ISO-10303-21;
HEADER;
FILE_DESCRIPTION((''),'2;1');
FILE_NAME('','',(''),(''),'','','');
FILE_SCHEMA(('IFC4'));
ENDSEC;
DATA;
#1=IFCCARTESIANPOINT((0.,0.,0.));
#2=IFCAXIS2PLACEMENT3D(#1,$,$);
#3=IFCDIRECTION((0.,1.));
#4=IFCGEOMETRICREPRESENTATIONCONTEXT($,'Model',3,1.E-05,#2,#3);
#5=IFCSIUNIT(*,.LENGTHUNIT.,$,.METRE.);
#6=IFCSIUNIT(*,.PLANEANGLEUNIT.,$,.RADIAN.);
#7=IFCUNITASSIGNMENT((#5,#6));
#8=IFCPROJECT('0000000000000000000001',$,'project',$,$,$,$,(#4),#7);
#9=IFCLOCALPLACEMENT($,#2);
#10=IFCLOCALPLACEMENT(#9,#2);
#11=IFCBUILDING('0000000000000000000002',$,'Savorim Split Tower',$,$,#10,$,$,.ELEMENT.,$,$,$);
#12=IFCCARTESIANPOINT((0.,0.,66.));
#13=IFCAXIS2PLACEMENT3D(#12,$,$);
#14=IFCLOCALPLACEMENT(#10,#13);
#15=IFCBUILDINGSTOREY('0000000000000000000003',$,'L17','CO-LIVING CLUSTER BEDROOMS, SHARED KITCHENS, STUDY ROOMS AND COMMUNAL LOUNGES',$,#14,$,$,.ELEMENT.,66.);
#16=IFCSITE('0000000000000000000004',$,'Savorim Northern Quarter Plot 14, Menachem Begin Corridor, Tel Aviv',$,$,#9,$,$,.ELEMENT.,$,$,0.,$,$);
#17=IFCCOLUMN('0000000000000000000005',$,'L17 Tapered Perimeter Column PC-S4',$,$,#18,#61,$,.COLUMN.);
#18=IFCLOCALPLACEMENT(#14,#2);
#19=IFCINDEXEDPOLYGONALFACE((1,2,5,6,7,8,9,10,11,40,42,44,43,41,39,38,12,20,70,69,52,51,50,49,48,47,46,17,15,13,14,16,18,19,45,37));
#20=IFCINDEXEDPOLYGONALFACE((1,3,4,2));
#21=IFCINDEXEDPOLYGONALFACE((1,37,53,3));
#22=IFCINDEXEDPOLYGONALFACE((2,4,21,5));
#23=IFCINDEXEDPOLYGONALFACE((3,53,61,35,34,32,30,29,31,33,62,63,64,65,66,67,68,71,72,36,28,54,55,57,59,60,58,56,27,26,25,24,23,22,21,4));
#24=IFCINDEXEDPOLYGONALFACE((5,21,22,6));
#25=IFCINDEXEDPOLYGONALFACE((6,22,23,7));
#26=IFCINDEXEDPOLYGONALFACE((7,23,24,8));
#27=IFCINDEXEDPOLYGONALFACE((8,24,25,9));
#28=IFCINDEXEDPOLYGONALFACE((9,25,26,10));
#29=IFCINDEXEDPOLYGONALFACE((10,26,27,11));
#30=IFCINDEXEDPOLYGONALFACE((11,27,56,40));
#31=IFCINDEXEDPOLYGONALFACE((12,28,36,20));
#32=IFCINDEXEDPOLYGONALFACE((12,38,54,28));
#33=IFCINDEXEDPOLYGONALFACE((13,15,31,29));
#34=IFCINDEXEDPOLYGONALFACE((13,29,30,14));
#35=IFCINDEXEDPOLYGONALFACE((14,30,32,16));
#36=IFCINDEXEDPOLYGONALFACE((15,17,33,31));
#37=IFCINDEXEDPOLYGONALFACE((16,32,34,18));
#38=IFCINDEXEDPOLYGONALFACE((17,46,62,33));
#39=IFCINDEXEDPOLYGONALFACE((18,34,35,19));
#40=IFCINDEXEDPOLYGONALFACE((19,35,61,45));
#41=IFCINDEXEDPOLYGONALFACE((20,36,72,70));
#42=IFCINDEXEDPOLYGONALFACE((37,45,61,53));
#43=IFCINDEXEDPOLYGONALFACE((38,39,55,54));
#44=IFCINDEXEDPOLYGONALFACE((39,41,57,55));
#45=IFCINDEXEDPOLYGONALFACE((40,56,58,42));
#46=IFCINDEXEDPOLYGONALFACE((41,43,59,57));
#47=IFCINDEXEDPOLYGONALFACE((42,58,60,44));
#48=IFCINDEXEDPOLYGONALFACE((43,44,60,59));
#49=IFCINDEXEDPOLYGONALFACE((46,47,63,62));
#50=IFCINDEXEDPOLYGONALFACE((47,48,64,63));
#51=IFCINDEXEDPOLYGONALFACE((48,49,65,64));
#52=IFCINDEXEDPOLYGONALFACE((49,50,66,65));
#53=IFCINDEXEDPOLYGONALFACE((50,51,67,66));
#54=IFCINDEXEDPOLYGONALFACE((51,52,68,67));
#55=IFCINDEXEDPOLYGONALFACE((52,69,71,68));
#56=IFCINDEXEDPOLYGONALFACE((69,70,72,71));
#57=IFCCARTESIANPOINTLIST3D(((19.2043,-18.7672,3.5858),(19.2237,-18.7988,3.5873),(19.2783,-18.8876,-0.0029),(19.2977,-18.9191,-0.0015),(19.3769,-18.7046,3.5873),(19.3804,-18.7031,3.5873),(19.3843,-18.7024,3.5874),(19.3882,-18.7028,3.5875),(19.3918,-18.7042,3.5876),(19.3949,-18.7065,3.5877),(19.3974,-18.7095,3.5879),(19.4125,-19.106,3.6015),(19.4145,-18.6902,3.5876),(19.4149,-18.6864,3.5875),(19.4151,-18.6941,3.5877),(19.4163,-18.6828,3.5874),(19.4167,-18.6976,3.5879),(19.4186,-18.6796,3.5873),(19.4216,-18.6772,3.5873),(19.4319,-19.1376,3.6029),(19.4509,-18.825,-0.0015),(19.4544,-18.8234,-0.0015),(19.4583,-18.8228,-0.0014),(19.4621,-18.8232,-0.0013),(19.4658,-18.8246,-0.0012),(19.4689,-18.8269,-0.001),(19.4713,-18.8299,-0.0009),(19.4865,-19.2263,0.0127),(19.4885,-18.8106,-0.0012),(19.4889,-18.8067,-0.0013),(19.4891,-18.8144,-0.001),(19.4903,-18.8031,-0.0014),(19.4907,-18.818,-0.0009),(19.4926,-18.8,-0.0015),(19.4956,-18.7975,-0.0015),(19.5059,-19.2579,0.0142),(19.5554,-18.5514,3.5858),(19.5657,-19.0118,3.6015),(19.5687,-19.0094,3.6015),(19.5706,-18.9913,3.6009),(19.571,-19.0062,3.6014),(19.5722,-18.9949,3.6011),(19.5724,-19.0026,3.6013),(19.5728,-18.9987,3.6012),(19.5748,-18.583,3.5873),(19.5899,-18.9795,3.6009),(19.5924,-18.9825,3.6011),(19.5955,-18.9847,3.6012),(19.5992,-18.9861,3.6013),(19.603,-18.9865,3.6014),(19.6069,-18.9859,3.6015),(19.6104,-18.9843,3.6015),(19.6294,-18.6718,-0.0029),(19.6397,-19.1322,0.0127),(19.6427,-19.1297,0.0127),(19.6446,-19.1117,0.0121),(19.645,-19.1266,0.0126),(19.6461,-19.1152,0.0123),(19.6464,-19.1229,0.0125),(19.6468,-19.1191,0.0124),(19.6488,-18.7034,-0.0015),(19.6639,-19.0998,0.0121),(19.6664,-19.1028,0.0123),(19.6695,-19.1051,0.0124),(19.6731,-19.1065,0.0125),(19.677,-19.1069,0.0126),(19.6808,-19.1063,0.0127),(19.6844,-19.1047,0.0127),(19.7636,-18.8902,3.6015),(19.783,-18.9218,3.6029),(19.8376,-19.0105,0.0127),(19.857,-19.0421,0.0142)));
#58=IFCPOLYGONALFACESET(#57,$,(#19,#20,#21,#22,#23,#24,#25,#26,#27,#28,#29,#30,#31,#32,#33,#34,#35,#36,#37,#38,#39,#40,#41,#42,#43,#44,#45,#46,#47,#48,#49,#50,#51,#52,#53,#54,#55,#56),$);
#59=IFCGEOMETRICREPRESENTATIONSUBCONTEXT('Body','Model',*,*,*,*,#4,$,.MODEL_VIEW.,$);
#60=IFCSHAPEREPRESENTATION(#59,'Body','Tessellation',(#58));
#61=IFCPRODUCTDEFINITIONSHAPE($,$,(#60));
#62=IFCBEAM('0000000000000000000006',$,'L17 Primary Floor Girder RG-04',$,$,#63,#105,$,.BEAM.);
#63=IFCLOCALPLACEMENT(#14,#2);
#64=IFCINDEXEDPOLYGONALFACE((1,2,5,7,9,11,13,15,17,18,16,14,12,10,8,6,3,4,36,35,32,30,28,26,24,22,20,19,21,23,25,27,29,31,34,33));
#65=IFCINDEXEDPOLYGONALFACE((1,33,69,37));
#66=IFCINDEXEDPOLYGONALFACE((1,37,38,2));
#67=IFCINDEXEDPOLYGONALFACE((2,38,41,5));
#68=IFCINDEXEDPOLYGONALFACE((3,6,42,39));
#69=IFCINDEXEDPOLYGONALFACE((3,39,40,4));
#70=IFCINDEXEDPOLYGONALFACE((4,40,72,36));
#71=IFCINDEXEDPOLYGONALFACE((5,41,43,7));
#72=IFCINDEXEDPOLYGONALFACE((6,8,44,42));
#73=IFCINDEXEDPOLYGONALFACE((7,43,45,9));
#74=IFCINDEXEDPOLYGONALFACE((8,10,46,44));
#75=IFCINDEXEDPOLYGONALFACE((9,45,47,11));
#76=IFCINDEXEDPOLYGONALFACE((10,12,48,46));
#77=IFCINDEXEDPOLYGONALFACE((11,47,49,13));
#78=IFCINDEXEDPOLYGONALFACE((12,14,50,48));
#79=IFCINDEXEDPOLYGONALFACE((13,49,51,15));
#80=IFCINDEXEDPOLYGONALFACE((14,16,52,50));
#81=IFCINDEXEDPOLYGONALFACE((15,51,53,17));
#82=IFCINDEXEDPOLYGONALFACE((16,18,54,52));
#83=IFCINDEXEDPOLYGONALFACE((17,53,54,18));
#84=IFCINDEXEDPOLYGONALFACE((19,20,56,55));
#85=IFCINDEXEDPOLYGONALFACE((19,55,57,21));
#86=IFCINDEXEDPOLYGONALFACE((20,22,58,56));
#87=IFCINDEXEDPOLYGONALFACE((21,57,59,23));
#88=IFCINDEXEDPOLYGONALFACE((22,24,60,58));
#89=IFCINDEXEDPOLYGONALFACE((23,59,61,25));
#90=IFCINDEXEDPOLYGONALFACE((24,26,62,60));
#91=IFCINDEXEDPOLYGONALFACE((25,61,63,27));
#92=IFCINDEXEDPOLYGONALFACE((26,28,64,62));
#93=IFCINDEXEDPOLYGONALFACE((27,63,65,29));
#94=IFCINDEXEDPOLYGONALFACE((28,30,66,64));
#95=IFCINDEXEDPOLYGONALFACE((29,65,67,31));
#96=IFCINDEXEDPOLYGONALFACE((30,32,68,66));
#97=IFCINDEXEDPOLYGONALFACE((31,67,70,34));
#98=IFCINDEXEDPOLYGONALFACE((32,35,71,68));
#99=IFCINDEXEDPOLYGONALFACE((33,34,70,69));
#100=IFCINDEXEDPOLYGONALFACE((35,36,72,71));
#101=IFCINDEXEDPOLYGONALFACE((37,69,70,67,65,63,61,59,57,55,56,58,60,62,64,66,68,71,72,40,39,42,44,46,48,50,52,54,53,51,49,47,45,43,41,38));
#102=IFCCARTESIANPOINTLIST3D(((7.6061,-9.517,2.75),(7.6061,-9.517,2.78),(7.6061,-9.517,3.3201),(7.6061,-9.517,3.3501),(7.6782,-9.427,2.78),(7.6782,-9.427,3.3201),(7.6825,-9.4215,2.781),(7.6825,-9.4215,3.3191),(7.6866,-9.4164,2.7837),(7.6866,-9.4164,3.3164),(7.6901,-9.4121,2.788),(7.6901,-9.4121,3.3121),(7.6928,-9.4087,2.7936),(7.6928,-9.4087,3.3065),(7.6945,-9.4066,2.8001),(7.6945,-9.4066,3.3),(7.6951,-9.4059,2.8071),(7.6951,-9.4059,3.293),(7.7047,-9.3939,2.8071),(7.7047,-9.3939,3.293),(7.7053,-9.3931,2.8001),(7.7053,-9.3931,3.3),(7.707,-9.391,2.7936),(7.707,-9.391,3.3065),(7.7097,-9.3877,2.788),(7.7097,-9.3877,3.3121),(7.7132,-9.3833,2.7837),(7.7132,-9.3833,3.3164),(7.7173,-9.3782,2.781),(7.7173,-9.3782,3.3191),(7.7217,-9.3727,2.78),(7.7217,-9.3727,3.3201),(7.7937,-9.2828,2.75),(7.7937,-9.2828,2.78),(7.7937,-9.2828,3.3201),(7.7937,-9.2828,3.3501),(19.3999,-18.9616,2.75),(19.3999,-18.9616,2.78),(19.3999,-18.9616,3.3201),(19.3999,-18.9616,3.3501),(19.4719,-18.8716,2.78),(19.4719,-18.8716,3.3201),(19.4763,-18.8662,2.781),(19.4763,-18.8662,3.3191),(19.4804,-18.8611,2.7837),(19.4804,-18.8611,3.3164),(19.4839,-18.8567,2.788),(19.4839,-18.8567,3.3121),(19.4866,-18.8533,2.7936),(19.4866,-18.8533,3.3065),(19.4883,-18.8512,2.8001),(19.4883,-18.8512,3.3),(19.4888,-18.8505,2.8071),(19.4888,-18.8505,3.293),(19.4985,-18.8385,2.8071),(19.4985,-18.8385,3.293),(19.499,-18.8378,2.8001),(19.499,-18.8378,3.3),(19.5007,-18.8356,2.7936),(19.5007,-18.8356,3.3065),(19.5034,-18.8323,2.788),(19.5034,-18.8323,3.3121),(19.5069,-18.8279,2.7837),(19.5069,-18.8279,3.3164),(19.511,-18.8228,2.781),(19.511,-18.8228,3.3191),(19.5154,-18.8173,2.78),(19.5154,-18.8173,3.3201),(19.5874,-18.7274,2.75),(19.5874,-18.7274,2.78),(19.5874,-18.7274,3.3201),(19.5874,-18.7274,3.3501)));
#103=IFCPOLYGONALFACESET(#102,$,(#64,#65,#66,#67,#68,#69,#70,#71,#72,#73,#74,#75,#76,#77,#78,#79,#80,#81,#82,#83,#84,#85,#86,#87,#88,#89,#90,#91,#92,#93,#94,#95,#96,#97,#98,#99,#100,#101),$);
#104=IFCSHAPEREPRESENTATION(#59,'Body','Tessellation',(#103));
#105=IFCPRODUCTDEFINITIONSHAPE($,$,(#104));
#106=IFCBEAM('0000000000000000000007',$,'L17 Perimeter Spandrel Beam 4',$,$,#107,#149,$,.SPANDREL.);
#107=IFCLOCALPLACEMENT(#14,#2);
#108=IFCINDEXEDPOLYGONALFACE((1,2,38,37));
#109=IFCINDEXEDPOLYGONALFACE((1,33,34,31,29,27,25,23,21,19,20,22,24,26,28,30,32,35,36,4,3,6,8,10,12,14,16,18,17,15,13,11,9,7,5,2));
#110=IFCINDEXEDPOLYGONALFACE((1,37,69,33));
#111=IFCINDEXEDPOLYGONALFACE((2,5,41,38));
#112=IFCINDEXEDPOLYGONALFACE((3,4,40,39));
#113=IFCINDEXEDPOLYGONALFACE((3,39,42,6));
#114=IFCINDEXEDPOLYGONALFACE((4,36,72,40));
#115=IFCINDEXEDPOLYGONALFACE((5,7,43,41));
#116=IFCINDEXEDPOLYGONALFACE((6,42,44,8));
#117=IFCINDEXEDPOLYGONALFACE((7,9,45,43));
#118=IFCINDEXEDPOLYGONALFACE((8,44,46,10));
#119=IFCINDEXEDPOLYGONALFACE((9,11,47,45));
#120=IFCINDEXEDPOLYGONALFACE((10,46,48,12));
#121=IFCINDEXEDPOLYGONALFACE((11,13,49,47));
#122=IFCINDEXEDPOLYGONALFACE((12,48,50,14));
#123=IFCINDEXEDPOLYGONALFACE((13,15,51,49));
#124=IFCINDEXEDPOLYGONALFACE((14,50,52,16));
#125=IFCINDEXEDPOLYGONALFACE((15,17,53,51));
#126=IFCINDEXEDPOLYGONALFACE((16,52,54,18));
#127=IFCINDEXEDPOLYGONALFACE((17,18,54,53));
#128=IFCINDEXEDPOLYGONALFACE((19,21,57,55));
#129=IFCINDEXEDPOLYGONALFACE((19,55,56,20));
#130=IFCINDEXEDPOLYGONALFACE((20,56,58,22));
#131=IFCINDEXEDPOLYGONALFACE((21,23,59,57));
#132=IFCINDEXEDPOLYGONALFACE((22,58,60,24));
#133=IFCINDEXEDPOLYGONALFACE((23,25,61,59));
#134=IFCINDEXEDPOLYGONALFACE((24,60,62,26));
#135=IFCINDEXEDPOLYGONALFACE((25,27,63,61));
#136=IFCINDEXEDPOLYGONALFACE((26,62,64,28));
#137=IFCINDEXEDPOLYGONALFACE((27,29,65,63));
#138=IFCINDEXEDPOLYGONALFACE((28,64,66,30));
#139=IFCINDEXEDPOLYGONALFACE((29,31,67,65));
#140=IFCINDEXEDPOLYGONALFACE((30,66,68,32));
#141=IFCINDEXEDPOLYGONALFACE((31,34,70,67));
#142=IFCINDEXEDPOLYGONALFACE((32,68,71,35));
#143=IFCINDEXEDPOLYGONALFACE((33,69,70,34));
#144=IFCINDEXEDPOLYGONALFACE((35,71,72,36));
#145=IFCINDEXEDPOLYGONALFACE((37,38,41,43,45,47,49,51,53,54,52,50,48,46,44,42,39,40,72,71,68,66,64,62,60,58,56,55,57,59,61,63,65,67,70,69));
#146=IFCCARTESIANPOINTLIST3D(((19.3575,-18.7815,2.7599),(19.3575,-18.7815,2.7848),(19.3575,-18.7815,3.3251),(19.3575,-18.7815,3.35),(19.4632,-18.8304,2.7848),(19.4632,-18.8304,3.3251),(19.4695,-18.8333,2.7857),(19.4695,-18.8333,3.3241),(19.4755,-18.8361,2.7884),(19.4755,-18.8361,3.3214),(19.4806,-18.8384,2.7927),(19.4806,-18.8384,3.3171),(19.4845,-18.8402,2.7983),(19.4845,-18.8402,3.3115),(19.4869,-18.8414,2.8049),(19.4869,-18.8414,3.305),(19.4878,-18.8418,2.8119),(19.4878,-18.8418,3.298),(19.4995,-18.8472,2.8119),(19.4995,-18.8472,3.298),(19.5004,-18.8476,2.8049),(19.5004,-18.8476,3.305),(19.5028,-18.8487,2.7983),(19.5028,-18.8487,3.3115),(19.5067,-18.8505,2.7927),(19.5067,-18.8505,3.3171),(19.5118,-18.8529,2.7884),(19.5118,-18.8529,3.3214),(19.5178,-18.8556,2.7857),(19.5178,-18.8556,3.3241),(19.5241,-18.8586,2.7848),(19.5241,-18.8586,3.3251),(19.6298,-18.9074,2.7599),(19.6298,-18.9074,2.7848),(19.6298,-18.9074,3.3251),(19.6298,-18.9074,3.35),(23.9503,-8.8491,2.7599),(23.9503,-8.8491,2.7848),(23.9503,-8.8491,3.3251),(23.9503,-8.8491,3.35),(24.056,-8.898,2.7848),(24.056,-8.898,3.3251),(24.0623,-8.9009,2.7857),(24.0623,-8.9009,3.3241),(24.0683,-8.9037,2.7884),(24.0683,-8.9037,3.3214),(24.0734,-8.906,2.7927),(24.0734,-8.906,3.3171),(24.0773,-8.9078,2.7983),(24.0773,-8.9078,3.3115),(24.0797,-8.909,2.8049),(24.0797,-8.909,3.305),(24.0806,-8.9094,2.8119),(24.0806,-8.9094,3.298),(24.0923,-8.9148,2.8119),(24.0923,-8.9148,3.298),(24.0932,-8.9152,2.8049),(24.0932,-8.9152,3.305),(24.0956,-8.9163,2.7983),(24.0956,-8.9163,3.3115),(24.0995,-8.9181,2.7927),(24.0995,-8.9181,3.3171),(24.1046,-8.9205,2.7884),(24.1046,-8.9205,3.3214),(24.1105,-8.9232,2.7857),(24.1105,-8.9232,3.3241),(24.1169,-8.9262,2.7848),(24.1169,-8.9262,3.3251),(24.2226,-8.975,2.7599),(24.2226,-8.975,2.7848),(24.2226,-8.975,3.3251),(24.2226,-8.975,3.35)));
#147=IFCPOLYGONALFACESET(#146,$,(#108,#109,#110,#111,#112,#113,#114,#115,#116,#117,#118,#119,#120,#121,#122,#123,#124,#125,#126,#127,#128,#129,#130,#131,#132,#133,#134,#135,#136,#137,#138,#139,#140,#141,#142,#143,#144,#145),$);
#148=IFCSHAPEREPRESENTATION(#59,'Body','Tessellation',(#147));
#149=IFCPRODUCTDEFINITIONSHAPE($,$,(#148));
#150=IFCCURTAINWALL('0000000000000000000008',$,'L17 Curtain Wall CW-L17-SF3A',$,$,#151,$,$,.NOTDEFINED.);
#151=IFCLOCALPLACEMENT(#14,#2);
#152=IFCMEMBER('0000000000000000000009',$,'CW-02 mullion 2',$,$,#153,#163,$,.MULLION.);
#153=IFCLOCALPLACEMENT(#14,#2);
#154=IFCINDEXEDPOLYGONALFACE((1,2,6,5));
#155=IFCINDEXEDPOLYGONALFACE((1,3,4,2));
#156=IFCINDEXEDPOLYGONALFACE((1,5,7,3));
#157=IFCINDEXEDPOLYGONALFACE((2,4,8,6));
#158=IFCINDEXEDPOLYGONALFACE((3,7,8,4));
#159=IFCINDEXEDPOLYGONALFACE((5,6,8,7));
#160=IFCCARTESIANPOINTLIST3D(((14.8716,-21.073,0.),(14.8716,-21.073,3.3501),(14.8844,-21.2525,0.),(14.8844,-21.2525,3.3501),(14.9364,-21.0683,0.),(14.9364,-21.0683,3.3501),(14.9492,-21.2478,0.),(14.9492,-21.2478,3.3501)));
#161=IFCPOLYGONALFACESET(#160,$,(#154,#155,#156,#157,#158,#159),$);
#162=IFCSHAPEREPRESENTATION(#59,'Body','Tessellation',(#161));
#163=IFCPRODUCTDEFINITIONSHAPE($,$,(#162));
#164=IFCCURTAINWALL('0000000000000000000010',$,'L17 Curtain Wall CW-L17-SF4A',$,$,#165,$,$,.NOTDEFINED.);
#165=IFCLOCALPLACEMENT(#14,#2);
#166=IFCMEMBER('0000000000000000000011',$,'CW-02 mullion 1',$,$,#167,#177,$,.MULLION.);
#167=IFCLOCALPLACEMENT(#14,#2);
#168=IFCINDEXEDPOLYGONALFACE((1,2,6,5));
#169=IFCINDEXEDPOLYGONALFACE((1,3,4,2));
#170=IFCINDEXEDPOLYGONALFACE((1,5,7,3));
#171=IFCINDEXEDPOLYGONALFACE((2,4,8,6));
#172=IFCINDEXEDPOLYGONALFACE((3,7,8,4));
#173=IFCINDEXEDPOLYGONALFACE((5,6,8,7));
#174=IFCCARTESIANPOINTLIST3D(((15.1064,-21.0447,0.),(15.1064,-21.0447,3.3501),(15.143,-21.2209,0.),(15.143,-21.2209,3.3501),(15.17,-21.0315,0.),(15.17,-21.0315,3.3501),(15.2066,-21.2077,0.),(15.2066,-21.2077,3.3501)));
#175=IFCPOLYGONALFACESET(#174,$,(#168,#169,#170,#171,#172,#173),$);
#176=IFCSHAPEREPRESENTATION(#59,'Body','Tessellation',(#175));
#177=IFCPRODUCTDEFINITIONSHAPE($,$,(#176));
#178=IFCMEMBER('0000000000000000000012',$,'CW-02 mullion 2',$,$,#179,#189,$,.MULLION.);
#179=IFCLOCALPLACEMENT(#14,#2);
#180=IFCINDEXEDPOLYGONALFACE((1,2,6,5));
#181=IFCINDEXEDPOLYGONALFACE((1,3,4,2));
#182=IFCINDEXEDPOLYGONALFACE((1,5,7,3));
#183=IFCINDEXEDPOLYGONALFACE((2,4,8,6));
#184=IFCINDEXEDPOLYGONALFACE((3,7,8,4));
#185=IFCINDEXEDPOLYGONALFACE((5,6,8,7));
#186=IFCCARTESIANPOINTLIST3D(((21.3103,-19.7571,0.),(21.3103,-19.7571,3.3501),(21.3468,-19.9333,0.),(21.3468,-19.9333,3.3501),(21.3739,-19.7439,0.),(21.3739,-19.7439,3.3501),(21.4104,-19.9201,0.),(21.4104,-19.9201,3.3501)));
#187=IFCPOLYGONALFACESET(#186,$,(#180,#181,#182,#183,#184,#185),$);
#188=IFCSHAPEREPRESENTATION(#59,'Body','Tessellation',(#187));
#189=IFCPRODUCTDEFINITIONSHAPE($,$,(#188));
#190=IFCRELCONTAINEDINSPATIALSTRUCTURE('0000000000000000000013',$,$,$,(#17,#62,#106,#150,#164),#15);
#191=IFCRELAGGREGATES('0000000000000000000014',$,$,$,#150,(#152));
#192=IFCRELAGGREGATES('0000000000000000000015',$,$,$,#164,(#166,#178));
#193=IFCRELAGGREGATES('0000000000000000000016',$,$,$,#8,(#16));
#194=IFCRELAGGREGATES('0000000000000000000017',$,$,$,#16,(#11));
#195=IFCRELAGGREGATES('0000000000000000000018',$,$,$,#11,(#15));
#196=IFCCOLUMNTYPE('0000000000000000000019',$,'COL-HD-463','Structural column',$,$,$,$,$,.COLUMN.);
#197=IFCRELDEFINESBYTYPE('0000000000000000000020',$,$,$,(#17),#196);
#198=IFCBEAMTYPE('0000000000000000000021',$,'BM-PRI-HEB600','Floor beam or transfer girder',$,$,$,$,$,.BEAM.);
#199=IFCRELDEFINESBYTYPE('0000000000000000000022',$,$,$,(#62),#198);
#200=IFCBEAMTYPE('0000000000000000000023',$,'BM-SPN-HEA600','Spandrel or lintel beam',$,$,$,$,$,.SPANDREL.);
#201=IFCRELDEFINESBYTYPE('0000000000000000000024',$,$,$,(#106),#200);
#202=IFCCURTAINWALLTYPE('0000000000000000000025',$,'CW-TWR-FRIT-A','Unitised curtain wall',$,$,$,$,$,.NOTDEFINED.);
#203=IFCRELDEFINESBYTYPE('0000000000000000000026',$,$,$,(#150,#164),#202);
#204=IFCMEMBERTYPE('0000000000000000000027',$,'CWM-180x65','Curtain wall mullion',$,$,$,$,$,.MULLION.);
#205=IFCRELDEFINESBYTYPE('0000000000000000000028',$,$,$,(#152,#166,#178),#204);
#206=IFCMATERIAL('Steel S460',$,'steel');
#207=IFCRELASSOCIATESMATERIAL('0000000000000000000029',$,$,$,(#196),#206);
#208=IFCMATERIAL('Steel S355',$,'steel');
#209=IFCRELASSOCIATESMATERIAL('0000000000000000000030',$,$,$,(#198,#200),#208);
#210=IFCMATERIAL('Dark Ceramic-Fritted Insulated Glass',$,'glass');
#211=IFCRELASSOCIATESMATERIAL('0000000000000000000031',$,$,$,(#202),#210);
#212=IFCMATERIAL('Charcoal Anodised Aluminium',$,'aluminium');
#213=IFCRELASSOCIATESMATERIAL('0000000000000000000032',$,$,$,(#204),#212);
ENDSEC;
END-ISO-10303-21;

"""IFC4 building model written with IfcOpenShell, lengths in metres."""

from ifc_helpers import new_model, si_unit, direction, frame, origin, origin_2d, place, context, subcontext, project, spatial, rectangle, i_section, extrude, material, material_profile, profile_set, type_object, element, aggregate, save


model = new_model("IFC4")

# Units and contexts
model_context = context("Model", 3, precision=1e-05, world=origin(), true_north=direction((0.0, 1.0)))
body_context = subcontext(model_context, "Body", "Model", "MODEL_VIEW")
ifc_project = project(units=[si_unit("LENGTHUNIT", "METRE"), si_unit("PLANEANGLEUNIT", "RADIAN")], contexts=[model_context])

# Site, building, storey
site_placement = place(None, origin())
site = spatial("IfcSite", under=ifc_project, at=site_placement, Name="Savorim Northern Quarter Plot 14, Menachem Begin Corridor, Tel Aviv", CompositionType="ELEMENT", RefElevation=0.0)
building_placement = place(site_placement, origin())
building = spatial("IfcBuilding", under=site, at=building_placement, Name="Savorim Split Tower", CompositionType="ELEMENT")
storey_placement = place(building_placement, frame((0.0, 0.0, 66.0)))
storey = spatial("IfcBuildingStorey", under=building, at=storey_placement, Name="L17", Description="CO-LIVING CLUSTER BEDROOMS, SHARED KITCHENS, STUDY ROOMS AND COMMUNAL LOUNGES", CompositionType="ELEMENT", Elevation=66.0)

# Column
ifc_material_1 = material(Name="Steel S460", Category="steel")
ifc_material_profile_1 = material_profile(ifc_material_1, i_section(OverallWidth=0.4121, OverallDepth=0.4351, WebThickness=0.0227, FlangeThickness=0.0371, FilletRadius=0.0149, at=origin_2d()), Name="HD 400x463")
ifc_profile_set_1 = profile_set([ifc_material_profile_1], Name="Steel S460")
column_type = type_object("IfcColumnType", Name="COL-HD-463", Description="Structural column", PredefinedType="COLUMN", material=ifc_profile_set_1)
column_placement = place(storey_placement, frame((19.5676, -18.9648, 0.0056), z_axis=(-0.020596, 0.033511, 0.999226), x_axis=(-0.851955, -0.523615, 0.0)))
element("IfcColumn", 1, at=column_placement, inside=storey, type_object=column_type, Name="L17 Tapered Perimeter Column PC-S4", PredefinedType="COLUMN", context=body_context, shape_type="SweptSolid", body=[
    extrude(i_section(OverallWidth=0.4121, OverallDepth=0.4351, WebThickness=0.0227, FlangeThickness=0.0371, FilletRadius=0.0149, at=origin_2d()), origin(), (0.0, 0.0, 1.0), 3.5916),
])

# Beams
ifc_material_2 = material(Name="Steel S355", Category="steel")
ifc_material_profile_2 = material_profile(ifc_material_2, i_section(OverallWidth=0.3, OverallDepth=0.6001, WebThickness=0.0154, FlangeThickness=0.03, FilletRadius=0.0271, at=origin_2d()), Name="HEB 600")
ifc_profile_set_2 = profile_set([ifc_material_profile_2], Name="Steel S355")
beam_type_1 = type_object("IfcBeamType", Name="BM-PRI-HEB600", Description="Floor beam or transfer girder", PredefinedType="BEAM", material=ifc_profile_set_2)
beam_1_placement = place(storey_placement, frame((19.4937, -18.8445, 3.05), z_axis=(-0.780558, 0.625083, 0.0), x_axis=(-0.625083, -0.780558, 0.0)))
element("IfcBeam", 2, at=beam_1_placement, inside=storey, type_object=beam_type_1, Name="L17 Primary Floor Girder RG-04", PredefinedType="BEAM", context=body_context, shape_type="SweptSolid", body=[
    extrude(i_section(OverallWidth=0.3, OverallDepth=0.6001, WebThickness=0.0154, FlangeThickness=0.03, FilletRadius=0.0271, at=origin_2d()), origin(), (0.0, 0.0, 1.0), 15.1094),
])
ifc_material_profile_3 = material_profile(ifc_material_2, i_section(OverallWidth=0.3, OverallDepth=0.5901, WebThickness=0.0129, FlangeThickness=0.0249, FilletRadius=0.0271, at=origin_2d()), Name="HEA 600")
ifc_profile_set_3 = profile_set([ifc_material_profile_3], Name="Steel S355")
beam_type_2 = type_object("IfcBeamType", Name="BM-SPN-HEA600", Description="Spandrel or lintel beam", PredefinedType="SPANDREL", material=ifc_profile_set_3)
beam_2_placement = place(storey_placement, frame((19.4937, -18.8445, 3.0549), z_axis=(0.419706, 0.90766, 0.0), x_axis=(-0.90766, 0.419706, 0.0)))
element("IfcBeam", 3, at=beam_2_placement, inside=storey, type_object=beam_type_2, Name="L17 Perimeter Spandrel Beam 4", PredefinedType="SPANDREL", context=body_context, shape_type="SweptSolid", body=[
    extrude(i_section(OverallWidth=0.3, OverallDepth=0.5901, WebThickness=0.0129, FlangeThickness=0.0249, FilletRadius=0.0271, at=origin_2d()), origin(), (0.0, 0.0, 1.0), 10.9429),
])

# Curtain wall, member
ifc_material_3 = material(Name="Dark Ceramic-Fritted Insulated Glass", Category="glass")
curtain_wall_type = type_object("IfcCurtainWallType", Name="CW-TWR-FRIT-A", Description="Unitised curtain wall", PredefinedType="NOTDEFINED", material=ifc_material_3)
curtain_wall_1_placement = place(storey_placement, origin())
curtain_wall_1 = element("IfcCurtainWall", 4, at=curtain_wall_1_placement, inside=storey, type_object=curtain_wall_type, Name="L17 Curtain Wall CW-L17-SF3A", PredefinedType="NOTDEFINED")
ifc_material_4 = material(Name="Charcoal Anodised Aluminium", Category="aluminium")
ifc_material_profile_4 = material_profile(ifc_material_4, rectangle(XDim=0.1799, YDim=0.0649, at=origin_2d()), Name="ALU-M 180x65")
ifc_profile_set_4 = profile_set([ifc_material_profile_4], Name="Charcoal Anodised Aluminium")
member_type_1 = type_object("IfcMemberType", Name="CWM-180x65", Description="Curtain wall mullion", PredefinedType="MULLION", material=ifc_profile_set_4)
member_1_placement = place(storey_placement, frame((14.9104, -21.1604, 0.0), z_axis=(0.0, 0.0, 1.0), x_axis=(-0.071546, 0.997437, 0.0)))
member_1 = element("IfcMember", 5, at=member_1_placement, type_object=member_type_1, Name="CW-02 mullion 2", PredefinedType="MULLION", context=body_context, shape_type="SweptSolid", body=[
    extrude(rectangle(XDim=0.1799, YDim=0.0649, at=origin_2d()), origin(), (0.0, 0.0, 1.0), 3.3501),
])

# Curtain wall, members
curtain_wall_2_placement = place(storey_placement, origin())
curtain_wall_2 = element("IfcCurtainWall", 6, at=curtain_wall_2_placement, inside=storey, type_object=curtain_wall_type, Name="L17 Curtain Wall CW-L17-SF4A", PredefinedType="NOTDEFINED")
member_2_placement = place(storey_placement, frame((15.1565, -21.1262, 0.0), z_axis=(0.0, 0.0, 1.0), x_axis=(-0.203216, 0.979134, 0.0)))
member_2 = element("IfcMember", 7, at=member_2_placement, type_object=member_type_1, Name="CW-02 mullion 1", PredefinedType="MULLION", context=body_context, shape_type="SweptSolid", body=[
    extrude(rectangle(XDim=0.1799, YDim=0.0649, at=origin_2d()), origin(), (0.0, 0.0, 1.0), 3.3501),
])
member_3_placement = place(storey_placement, frame((21.3604, -19.8386, 0.0), z_axis=(0.0, 0.0, 1.0), x_axis=(-0.203216, 0.979134, 0.0)))
member_3 = element("IfcMember", 8, at=member_3_placement, type_object=member_type_1, Name="CW-02 mullion 2", PredefinedType="MULLION", context=body_context, shape_type="SweptSolid", body=[
    extrude(rectangle(XDim=0.1799, YDim=0.0649, at=origin_2d()), origin(), (0.0, 0.0, 1.0), 3.3501),
])

aggregate(curtain_wall_1, [member_1])
aggregate(curtain_wall_2, [member_2, member_3])

save(model, "model.ifc")
